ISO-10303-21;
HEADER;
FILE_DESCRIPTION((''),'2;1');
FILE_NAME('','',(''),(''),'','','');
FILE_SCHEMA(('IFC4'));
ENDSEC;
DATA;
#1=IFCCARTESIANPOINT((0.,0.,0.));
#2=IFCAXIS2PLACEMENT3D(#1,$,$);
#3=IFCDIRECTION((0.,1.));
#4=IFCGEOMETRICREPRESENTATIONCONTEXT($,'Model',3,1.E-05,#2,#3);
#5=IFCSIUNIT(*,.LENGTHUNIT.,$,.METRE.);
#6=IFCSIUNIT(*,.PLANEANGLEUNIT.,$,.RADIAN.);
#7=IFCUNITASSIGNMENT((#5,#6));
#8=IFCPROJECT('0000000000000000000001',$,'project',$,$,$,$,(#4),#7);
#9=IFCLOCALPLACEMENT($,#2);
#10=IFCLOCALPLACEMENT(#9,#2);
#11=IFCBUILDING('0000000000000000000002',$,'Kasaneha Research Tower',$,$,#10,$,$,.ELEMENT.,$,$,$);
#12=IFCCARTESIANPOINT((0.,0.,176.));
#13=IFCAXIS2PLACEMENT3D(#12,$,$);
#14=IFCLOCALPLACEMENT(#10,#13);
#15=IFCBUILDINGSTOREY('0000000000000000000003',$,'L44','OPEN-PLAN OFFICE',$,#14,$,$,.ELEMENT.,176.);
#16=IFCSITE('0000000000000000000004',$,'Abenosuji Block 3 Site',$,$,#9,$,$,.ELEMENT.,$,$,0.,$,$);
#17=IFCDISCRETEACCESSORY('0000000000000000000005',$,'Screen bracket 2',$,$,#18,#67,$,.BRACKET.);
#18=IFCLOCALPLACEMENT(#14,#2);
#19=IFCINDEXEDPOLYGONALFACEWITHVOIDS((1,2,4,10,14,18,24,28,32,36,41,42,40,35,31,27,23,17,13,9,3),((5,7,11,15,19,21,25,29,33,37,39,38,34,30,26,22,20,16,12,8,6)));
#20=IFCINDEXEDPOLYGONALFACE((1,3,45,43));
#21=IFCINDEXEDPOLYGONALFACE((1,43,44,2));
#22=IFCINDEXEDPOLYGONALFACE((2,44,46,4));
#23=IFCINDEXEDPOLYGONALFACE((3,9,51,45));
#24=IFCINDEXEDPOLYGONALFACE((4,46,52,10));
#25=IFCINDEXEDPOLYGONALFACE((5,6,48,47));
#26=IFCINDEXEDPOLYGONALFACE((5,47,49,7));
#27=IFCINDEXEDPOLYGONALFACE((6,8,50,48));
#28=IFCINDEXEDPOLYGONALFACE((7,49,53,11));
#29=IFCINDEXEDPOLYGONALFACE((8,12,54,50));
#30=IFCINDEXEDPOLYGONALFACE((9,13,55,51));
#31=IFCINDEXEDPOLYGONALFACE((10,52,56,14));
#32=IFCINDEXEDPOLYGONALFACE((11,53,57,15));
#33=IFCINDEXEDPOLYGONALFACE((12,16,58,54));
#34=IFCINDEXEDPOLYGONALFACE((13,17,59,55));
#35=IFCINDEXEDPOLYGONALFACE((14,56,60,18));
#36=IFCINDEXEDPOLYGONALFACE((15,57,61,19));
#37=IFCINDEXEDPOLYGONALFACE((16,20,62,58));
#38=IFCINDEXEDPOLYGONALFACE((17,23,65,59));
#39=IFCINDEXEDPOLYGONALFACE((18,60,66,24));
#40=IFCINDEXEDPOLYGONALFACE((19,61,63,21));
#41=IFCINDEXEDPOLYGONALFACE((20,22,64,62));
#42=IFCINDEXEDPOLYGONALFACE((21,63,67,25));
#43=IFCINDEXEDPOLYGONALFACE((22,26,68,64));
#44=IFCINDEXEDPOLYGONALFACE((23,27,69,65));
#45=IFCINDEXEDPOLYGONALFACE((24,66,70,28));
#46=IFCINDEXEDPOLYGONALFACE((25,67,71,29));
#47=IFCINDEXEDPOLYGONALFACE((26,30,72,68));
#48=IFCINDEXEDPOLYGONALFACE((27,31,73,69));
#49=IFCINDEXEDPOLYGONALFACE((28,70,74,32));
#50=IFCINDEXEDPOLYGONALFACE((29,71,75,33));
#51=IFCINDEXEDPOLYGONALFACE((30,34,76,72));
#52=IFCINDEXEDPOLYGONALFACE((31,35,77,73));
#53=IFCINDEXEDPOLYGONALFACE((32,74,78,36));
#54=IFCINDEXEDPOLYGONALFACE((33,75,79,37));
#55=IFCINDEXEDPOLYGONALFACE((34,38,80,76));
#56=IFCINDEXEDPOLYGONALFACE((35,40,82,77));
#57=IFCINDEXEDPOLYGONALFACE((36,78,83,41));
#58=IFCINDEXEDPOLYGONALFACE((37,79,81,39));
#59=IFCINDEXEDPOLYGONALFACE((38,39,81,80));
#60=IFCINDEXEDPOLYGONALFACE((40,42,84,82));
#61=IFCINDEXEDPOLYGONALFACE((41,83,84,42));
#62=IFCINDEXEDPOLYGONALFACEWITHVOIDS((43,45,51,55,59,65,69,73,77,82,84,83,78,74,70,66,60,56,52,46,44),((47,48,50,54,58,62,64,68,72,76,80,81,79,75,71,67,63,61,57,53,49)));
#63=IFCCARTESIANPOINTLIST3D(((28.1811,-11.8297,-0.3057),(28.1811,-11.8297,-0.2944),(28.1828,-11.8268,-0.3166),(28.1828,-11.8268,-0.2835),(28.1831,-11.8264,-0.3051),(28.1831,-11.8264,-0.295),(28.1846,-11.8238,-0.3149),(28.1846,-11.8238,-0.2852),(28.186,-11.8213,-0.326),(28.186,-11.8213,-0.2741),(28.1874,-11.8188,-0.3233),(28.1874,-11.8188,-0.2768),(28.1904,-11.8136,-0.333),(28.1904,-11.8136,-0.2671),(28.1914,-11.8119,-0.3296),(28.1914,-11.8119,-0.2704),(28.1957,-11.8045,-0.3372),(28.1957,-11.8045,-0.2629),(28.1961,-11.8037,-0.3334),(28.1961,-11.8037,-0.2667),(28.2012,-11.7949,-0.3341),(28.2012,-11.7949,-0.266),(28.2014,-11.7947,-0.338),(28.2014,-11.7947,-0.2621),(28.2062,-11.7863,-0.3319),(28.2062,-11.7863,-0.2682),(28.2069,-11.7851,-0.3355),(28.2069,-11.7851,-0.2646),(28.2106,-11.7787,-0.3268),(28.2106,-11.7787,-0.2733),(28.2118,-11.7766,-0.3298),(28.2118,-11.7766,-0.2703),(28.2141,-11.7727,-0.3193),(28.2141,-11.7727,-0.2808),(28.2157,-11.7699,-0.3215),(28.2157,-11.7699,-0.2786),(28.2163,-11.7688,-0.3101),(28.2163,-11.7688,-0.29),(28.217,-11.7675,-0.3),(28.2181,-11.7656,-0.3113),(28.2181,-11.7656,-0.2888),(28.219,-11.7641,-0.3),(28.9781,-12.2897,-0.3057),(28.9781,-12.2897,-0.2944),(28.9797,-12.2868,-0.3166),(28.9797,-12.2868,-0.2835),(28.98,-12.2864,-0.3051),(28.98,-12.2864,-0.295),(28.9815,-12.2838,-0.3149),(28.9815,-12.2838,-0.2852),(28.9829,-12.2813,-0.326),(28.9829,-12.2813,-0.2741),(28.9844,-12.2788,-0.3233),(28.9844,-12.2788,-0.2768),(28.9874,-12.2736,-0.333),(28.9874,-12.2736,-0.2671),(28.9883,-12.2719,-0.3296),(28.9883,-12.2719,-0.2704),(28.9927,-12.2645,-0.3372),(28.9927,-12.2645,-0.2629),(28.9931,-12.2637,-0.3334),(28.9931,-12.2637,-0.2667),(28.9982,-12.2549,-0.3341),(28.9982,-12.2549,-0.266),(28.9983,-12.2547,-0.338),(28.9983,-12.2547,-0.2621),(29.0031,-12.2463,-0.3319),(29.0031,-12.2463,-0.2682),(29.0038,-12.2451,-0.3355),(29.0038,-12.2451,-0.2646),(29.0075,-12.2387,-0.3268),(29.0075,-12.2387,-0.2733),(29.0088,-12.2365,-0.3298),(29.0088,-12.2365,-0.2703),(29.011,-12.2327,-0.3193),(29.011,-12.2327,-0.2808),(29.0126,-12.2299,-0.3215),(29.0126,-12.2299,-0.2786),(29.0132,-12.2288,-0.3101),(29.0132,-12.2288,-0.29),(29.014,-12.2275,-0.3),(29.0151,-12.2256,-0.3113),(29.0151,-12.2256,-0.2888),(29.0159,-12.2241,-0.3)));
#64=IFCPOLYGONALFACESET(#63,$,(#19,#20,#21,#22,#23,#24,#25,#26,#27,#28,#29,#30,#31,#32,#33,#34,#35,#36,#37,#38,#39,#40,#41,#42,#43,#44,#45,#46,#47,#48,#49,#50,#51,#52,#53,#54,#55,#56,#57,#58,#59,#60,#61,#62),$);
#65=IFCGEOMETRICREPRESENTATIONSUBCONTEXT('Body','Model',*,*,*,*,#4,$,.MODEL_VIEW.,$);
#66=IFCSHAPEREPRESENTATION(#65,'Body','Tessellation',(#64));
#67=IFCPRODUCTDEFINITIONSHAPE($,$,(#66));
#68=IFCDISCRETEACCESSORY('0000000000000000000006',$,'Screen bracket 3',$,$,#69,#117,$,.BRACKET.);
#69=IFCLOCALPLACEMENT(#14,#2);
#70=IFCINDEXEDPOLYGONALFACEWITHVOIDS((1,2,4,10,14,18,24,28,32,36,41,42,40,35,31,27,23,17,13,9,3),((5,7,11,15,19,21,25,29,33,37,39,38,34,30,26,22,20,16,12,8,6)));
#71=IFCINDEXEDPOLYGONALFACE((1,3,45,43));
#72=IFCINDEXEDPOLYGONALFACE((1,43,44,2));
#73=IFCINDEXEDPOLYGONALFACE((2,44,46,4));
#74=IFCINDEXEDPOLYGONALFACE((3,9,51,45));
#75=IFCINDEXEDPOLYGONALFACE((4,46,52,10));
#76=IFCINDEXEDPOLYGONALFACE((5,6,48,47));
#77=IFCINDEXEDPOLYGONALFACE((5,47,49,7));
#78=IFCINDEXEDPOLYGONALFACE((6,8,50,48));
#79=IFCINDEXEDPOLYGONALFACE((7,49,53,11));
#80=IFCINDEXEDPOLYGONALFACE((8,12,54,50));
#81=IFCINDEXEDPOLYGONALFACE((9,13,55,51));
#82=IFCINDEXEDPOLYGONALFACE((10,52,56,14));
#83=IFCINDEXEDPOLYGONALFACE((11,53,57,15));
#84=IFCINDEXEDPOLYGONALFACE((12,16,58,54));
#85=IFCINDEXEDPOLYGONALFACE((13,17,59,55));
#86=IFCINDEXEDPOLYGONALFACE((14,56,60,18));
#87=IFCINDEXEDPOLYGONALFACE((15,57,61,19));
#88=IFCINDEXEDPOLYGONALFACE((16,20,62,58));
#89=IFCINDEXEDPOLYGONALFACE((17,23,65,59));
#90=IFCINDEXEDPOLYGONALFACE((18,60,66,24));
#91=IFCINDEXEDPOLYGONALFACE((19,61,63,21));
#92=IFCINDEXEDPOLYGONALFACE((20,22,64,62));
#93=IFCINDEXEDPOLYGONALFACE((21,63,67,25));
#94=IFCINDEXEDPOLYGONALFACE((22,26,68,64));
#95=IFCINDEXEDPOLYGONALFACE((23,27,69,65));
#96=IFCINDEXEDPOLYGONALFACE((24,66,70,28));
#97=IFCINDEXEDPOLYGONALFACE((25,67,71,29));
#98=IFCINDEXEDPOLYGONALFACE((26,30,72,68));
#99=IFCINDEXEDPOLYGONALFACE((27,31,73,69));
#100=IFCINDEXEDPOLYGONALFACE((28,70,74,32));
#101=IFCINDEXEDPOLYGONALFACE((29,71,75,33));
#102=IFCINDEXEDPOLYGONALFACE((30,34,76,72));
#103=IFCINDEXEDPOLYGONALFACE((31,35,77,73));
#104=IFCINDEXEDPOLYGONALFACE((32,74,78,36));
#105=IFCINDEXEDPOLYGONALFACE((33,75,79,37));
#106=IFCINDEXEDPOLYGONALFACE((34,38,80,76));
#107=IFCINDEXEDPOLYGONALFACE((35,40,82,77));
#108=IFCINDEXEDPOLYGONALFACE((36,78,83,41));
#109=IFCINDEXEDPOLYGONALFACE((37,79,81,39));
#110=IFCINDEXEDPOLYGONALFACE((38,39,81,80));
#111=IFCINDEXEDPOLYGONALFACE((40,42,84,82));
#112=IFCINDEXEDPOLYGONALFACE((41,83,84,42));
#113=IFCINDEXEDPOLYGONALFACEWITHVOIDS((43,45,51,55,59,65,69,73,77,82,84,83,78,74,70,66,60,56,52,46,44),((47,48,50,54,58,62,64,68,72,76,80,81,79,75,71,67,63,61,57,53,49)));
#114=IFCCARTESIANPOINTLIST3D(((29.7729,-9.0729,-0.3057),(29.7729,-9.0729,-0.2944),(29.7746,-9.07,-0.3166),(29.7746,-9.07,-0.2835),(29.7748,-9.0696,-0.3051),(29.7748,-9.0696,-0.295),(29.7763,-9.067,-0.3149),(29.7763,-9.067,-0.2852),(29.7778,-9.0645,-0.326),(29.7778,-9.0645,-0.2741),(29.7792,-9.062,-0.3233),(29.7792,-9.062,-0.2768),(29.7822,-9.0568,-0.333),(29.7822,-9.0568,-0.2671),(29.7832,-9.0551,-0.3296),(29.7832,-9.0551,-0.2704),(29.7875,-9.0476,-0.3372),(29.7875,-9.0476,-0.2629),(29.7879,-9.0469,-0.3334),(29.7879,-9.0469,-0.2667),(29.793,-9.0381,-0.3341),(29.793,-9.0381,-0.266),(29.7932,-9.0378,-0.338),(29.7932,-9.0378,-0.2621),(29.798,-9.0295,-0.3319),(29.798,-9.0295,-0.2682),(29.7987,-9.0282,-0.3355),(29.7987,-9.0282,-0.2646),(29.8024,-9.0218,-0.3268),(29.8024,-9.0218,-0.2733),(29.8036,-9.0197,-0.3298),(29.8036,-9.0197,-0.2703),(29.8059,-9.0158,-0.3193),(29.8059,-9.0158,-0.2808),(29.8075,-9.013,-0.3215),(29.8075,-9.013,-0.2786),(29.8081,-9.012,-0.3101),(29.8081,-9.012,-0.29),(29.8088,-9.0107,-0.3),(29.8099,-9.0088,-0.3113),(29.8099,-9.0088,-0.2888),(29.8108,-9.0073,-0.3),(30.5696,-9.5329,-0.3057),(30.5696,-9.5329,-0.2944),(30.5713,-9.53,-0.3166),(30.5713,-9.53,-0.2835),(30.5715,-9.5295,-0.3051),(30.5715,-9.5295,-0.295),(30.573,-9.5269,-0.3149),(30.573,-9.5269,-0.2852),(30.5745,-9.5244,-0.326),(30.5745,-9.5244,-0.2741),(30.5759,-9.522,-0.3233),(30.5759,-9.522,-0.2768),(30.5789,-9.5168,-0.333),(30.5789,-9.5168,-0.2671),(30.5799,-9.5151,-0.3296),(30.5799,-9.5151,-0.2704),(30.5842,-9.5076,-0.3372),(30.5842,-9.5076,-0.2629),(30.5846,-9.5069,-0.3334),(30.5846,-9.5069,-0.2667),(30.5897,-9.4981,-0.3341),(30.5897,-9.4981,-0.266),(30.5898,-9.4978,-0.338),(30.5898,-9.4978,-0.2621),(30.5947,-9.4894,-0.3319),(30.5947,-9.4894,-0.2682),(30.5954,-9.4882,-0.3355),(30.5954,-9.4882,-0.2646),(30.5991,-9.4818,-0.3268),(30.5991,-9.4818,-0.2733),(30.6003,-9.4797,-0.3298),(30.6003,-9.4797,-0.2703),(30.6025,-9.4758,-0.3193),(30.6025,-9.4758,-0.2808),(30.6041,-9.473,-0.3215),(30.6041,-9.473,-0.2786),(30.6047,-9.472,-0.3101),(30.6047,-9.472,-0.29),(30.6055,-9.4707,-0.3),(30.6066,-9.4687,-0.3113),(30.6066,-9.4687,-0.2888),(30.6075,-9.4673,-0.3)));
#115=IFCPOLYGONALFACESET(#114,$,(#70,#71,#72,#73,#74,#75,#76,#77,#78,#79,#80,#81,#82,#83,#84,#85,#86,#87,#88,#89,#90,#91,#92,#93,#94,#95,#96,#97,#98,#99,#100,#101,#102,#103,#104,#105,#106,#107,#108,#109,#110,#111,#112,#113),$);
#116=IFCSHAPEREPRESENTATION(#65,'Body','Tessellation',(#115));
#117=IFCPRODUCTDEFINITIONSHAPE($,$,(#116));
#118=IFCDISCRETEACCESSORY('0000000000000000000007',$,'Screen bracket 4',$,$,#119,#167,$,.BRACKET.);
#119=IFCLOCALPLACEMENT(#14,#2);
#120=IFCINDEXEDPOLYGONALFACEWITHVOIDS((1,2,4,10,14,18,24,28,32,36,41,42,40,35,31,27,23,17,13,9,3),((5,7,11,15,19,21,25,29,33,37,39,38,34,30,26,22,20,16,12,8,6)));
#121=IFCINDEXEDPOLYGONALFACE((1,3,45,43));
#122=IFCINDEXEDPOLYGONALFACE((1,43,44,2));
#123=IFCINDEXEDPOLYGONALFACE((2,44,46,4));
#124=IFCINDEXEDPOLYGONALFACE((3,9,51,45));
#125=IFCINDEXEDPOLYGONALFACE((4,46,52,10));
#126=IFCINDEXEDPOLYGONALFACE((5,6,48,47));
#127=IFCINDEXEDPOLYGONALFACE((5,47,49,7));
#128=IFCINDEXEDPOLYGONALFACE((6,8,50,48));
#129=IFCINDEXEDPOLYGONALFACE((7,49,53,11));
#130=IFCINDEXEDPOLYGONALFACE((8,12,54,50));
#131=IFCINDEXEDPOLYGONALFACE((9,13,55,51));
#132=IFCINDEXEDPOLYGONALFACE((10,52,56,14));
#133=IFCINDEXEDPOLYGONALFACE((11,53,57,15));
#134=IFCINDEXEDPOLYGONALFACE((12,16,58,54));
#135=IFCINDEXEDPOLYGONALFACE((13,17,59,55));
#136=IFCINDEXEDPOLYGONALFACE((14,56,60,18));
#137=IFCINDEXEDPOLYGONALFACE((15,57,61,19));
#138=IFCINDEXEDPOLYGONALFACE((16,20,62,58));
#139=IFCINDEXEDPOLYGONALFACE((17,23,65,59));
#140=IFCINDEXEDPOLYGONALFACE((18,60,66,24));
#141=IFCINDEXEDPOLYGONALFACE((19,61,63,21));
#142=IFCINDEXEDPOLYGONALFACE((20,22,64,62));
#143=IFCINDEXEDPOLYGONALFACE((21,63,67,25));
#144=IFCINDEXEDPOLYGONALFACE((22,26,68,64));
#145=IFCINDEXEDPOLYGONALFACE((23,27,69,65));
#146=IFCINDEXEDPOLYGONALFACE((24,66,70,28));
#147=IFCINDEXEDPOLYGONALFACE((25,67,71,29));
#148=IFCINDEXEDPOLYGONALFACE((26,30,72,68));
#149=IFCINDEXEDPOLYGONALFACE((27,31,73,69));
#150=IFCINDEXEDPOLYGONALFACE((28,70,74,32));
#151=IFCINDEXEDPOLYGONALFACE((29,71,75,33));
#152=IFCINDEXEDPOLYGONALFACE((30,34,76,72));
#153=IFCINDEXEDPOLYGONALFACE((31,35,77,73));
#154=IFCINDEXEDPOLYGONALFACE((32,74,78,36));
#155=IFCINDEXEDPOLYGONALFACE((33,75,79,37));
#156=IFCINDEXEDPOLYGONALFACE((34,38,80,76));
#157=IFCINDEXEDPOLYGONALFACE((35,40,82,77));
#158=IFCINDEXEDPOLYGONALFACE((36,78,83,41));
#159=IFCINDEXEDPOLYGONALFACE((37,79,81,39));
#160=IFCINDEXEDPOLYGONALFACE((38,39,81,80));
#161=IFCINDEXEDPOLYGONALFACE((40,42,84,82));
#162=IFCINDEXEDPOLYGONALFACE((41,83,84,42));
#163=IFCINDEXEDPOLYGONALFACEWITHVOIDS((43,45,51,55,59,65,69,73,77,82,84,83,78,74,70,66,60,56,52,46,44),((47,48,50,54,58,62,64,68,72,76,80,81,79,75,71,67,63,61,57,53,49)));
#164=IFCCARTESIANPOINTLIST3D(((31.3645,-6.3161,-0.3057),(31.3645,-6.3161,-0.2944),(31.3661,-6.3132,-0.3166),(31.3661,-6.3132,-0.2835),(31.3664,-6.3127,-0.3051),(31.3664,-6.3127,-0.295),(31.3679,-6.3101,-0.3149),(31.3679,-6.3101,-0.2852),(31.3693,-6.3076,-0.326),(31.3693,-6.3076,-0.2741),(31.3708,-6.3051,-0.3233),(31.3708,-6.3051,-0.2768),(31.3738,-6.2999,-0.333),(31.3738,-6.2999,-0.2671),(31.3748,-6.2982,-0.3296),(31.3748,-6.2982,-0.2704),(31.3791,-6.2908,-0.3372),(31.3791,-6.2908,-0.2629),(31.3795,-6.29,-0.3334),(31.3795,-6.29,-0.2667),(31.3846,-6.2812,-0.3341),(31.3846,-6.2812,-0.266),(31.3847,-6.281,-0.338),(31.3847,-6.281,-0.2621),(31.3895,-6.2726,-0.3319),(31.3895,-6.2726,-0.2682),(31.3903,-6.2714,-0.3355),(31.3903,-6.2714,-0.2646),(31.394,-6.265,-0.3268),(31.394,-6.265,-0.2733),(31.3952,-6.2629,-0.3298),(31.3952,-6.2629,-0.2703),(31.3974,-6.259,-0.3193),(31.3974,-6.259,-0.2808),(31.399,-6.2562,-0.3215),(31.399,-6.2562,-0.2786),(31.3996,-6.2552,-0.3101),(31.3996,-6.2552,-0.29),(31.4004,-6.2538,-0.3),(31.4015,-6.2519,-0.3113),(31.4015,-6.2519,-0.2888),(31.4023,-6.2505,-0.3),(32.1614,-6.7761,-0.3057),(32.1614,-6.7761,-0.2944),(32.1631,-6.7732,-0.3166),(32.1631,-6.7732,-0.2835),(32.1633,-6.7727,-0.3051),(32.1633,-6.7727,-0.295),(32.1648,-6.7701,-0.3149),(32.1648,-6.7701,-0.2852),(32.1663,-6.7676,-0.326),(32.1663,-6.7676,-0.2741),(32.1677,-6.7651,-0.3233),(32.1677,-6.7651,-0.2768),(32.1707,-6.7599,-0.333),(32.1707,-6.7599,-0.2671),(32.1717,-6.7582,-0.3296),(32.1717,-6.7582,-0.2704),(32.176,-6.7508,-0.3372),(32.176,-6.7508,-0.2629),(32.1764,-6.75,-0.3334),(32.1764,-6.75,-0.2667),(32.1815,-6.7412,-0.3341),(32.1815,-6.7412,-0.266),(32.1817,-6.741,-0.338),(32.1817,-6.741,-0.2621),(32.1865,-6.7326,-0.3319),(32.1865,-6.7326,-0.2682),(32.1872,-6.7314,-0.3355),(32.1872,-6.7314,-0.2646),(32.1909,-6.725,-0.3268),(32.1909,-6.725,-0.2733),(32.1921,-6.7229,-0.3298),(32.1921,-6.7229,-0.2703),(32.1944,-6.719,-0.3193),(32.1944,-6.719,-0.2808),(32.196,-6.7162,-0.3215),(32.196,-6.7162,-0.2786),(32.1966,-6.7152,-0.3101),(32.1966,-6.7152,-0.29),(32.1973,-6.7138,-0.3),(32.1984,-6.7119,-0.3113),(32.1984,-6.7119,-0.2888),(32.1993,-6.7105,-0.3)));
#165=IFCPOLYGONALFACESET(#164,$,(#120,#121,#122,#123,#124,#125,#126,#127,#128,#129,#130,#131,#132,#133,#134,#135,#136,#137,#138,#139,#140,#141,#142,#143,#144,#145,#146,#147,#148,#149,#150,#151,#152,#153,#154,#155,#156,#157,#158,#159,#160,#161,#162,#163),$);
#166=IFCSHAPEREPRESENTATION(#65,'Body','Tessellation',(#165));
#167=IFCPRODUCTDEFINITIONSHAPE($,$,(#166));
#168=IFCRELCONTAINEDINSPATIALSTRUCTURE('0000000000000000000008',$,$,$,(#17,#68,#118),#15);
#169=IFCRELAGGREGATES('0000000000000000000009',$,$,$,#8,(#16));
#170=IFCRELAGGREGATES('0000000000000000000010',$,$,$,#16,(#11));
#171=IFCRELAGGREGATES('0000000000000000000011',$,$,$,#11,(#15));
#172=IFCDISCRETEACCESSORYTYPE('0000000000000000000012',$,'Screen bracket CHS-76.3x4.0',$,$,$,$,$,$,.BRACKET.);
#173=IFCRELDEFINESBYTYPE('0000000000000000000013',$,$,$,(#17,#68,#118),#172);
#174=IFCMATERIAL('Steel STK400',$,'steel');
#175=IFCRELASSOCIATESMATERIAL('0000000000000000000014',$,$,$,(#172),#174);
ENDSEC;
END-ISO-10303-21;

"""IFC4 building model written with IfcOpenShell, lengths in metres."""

from ifc_helpers import new_model, si_unit, direction, frame, origin, origin_2d, place, context, subcontext, project, spatial, hollow_circle, extrude, material, material_profile, profile_set, type_object, element, save


model = new_model("IFC4")

# Units and contexts
model_context = context("Model", 3, precision=1e-05, world=origin(), true_north=direction((0.0, 1.0)))
body_context = subcontext(model_context, "Body", "Model", "MODEL_VIEW")
ifc_project = project(units=[si_unit("LENGTHUNIT", "METRE"), si_unit("PLANEANGLEUNIT", "RADIAN")], contexts=[model_context])

# Site, building, storey
site_placement = place(None, origin())
site = spatial("IfcSite", under=ifc_project, at=site_placement, Name="Abenosuji Block 3 Site", CompositionType="ELEMENT", RefElevation=0.0)
building_placement = place(site_placement, origin())
building = spatial("IfcBuilding", under=site, at=building_placement, Name="Kasaneha Research Tower", CompositionType="ELEMENT")
storey_placement = place(building_placement, frame((0.0, 0.0, 176.0)))
storey = spatial("IfcBuildingStorey", under=building, at=storey_placement, Name="L44", Description="OPEN-PLAN OFFICE", CompositionType="ELEMENT", Elevation=176.0)

# Discrete accessories
ifc_material_1 = material(Name="Steel STK400", Category="steel")
ifc_material_profile_1 = material_profile(ifc_material_1, hollow_circle(Radius=0.0381, WallThickness=0.0039, at=origin_2d()), Name="CHS-76.3x4.0")
ifc_profile_set_1 = profile_set([ifc_material_profile_1], Name="Steel STK400")
discrete_accessory_type = type_object("IfcDiscreteAccessoryType", Name="Screen bracket CHS-76.3x4.0", PredefinedType="BRACKET", material=ifc_profile_set_1)
discrete_accessory_1_placement = place(storey_placement, frame((28.2, -11.7971, -0.3), z_axis=(0.86608, -0.499906, 0.0), x_axis=(0.499906, 0.86608, 0.0)))
element("IfcDiscreteAccessory", 1, at=discrete_accessory_1_placement, inside=storey, type_object=discrete_accessory_type, Name="Screen bracket 2", PredefinedType="BRACKET", context=body_context, shape_type="SweptSolid", body=[
    extrude(hollow_circle(Radius=0.0381, WallThickness=0.0039, at=origin_2d()), origin(), (0.0, 0.0, 1.0), 0.9202),
])
discrete_accessory_2_placement = place(storey_placement, frame((29.7917, -9.0403, -0.3), z_axis=(0.866013, -0.500021, 0.0), x_axis=(0.500021, 0.866013, 0.0)))
element("IfcDiscreteAccessory", 2, at=discrete_accessory_2_placement, inside=storey, type_object=discrete_accessory_type, Name="Screen bracket 3", PredefinedType="BRACKET", context=body_context, shape_type="SweptSolid", body=[
    extrude(hollow_circle(Radius=0.0381, WallThickness=0.0039, at=origin_2d()), origin(), (0.0, 0.0, 1.0), 0.9199),
])
discrete_accessory_3_placement = place(storey_placement, frame((31.3833, -6.2834, -0.3), z_axis=(0.86608, -0.499906, 0.0), x_axis=(0.499906, 0.86608, 0.0)))
element("IfcDiscreteAccessory", 3, at=discrete_accessory_3_placement, inside=storey, type_object=discrete_accessory_type, Name="Screen bracket 4", PredefinedType="BRACKET", context=body_context, shape_type="SweptSolid", body=[
    extrude(hollow_circle(Radius=0.0381, WallThickness=0.0039, at=origin_2d()), origin(), (0.0, 0.0, 1.0), 0.9202),
])

save(model, "model.ifc")
